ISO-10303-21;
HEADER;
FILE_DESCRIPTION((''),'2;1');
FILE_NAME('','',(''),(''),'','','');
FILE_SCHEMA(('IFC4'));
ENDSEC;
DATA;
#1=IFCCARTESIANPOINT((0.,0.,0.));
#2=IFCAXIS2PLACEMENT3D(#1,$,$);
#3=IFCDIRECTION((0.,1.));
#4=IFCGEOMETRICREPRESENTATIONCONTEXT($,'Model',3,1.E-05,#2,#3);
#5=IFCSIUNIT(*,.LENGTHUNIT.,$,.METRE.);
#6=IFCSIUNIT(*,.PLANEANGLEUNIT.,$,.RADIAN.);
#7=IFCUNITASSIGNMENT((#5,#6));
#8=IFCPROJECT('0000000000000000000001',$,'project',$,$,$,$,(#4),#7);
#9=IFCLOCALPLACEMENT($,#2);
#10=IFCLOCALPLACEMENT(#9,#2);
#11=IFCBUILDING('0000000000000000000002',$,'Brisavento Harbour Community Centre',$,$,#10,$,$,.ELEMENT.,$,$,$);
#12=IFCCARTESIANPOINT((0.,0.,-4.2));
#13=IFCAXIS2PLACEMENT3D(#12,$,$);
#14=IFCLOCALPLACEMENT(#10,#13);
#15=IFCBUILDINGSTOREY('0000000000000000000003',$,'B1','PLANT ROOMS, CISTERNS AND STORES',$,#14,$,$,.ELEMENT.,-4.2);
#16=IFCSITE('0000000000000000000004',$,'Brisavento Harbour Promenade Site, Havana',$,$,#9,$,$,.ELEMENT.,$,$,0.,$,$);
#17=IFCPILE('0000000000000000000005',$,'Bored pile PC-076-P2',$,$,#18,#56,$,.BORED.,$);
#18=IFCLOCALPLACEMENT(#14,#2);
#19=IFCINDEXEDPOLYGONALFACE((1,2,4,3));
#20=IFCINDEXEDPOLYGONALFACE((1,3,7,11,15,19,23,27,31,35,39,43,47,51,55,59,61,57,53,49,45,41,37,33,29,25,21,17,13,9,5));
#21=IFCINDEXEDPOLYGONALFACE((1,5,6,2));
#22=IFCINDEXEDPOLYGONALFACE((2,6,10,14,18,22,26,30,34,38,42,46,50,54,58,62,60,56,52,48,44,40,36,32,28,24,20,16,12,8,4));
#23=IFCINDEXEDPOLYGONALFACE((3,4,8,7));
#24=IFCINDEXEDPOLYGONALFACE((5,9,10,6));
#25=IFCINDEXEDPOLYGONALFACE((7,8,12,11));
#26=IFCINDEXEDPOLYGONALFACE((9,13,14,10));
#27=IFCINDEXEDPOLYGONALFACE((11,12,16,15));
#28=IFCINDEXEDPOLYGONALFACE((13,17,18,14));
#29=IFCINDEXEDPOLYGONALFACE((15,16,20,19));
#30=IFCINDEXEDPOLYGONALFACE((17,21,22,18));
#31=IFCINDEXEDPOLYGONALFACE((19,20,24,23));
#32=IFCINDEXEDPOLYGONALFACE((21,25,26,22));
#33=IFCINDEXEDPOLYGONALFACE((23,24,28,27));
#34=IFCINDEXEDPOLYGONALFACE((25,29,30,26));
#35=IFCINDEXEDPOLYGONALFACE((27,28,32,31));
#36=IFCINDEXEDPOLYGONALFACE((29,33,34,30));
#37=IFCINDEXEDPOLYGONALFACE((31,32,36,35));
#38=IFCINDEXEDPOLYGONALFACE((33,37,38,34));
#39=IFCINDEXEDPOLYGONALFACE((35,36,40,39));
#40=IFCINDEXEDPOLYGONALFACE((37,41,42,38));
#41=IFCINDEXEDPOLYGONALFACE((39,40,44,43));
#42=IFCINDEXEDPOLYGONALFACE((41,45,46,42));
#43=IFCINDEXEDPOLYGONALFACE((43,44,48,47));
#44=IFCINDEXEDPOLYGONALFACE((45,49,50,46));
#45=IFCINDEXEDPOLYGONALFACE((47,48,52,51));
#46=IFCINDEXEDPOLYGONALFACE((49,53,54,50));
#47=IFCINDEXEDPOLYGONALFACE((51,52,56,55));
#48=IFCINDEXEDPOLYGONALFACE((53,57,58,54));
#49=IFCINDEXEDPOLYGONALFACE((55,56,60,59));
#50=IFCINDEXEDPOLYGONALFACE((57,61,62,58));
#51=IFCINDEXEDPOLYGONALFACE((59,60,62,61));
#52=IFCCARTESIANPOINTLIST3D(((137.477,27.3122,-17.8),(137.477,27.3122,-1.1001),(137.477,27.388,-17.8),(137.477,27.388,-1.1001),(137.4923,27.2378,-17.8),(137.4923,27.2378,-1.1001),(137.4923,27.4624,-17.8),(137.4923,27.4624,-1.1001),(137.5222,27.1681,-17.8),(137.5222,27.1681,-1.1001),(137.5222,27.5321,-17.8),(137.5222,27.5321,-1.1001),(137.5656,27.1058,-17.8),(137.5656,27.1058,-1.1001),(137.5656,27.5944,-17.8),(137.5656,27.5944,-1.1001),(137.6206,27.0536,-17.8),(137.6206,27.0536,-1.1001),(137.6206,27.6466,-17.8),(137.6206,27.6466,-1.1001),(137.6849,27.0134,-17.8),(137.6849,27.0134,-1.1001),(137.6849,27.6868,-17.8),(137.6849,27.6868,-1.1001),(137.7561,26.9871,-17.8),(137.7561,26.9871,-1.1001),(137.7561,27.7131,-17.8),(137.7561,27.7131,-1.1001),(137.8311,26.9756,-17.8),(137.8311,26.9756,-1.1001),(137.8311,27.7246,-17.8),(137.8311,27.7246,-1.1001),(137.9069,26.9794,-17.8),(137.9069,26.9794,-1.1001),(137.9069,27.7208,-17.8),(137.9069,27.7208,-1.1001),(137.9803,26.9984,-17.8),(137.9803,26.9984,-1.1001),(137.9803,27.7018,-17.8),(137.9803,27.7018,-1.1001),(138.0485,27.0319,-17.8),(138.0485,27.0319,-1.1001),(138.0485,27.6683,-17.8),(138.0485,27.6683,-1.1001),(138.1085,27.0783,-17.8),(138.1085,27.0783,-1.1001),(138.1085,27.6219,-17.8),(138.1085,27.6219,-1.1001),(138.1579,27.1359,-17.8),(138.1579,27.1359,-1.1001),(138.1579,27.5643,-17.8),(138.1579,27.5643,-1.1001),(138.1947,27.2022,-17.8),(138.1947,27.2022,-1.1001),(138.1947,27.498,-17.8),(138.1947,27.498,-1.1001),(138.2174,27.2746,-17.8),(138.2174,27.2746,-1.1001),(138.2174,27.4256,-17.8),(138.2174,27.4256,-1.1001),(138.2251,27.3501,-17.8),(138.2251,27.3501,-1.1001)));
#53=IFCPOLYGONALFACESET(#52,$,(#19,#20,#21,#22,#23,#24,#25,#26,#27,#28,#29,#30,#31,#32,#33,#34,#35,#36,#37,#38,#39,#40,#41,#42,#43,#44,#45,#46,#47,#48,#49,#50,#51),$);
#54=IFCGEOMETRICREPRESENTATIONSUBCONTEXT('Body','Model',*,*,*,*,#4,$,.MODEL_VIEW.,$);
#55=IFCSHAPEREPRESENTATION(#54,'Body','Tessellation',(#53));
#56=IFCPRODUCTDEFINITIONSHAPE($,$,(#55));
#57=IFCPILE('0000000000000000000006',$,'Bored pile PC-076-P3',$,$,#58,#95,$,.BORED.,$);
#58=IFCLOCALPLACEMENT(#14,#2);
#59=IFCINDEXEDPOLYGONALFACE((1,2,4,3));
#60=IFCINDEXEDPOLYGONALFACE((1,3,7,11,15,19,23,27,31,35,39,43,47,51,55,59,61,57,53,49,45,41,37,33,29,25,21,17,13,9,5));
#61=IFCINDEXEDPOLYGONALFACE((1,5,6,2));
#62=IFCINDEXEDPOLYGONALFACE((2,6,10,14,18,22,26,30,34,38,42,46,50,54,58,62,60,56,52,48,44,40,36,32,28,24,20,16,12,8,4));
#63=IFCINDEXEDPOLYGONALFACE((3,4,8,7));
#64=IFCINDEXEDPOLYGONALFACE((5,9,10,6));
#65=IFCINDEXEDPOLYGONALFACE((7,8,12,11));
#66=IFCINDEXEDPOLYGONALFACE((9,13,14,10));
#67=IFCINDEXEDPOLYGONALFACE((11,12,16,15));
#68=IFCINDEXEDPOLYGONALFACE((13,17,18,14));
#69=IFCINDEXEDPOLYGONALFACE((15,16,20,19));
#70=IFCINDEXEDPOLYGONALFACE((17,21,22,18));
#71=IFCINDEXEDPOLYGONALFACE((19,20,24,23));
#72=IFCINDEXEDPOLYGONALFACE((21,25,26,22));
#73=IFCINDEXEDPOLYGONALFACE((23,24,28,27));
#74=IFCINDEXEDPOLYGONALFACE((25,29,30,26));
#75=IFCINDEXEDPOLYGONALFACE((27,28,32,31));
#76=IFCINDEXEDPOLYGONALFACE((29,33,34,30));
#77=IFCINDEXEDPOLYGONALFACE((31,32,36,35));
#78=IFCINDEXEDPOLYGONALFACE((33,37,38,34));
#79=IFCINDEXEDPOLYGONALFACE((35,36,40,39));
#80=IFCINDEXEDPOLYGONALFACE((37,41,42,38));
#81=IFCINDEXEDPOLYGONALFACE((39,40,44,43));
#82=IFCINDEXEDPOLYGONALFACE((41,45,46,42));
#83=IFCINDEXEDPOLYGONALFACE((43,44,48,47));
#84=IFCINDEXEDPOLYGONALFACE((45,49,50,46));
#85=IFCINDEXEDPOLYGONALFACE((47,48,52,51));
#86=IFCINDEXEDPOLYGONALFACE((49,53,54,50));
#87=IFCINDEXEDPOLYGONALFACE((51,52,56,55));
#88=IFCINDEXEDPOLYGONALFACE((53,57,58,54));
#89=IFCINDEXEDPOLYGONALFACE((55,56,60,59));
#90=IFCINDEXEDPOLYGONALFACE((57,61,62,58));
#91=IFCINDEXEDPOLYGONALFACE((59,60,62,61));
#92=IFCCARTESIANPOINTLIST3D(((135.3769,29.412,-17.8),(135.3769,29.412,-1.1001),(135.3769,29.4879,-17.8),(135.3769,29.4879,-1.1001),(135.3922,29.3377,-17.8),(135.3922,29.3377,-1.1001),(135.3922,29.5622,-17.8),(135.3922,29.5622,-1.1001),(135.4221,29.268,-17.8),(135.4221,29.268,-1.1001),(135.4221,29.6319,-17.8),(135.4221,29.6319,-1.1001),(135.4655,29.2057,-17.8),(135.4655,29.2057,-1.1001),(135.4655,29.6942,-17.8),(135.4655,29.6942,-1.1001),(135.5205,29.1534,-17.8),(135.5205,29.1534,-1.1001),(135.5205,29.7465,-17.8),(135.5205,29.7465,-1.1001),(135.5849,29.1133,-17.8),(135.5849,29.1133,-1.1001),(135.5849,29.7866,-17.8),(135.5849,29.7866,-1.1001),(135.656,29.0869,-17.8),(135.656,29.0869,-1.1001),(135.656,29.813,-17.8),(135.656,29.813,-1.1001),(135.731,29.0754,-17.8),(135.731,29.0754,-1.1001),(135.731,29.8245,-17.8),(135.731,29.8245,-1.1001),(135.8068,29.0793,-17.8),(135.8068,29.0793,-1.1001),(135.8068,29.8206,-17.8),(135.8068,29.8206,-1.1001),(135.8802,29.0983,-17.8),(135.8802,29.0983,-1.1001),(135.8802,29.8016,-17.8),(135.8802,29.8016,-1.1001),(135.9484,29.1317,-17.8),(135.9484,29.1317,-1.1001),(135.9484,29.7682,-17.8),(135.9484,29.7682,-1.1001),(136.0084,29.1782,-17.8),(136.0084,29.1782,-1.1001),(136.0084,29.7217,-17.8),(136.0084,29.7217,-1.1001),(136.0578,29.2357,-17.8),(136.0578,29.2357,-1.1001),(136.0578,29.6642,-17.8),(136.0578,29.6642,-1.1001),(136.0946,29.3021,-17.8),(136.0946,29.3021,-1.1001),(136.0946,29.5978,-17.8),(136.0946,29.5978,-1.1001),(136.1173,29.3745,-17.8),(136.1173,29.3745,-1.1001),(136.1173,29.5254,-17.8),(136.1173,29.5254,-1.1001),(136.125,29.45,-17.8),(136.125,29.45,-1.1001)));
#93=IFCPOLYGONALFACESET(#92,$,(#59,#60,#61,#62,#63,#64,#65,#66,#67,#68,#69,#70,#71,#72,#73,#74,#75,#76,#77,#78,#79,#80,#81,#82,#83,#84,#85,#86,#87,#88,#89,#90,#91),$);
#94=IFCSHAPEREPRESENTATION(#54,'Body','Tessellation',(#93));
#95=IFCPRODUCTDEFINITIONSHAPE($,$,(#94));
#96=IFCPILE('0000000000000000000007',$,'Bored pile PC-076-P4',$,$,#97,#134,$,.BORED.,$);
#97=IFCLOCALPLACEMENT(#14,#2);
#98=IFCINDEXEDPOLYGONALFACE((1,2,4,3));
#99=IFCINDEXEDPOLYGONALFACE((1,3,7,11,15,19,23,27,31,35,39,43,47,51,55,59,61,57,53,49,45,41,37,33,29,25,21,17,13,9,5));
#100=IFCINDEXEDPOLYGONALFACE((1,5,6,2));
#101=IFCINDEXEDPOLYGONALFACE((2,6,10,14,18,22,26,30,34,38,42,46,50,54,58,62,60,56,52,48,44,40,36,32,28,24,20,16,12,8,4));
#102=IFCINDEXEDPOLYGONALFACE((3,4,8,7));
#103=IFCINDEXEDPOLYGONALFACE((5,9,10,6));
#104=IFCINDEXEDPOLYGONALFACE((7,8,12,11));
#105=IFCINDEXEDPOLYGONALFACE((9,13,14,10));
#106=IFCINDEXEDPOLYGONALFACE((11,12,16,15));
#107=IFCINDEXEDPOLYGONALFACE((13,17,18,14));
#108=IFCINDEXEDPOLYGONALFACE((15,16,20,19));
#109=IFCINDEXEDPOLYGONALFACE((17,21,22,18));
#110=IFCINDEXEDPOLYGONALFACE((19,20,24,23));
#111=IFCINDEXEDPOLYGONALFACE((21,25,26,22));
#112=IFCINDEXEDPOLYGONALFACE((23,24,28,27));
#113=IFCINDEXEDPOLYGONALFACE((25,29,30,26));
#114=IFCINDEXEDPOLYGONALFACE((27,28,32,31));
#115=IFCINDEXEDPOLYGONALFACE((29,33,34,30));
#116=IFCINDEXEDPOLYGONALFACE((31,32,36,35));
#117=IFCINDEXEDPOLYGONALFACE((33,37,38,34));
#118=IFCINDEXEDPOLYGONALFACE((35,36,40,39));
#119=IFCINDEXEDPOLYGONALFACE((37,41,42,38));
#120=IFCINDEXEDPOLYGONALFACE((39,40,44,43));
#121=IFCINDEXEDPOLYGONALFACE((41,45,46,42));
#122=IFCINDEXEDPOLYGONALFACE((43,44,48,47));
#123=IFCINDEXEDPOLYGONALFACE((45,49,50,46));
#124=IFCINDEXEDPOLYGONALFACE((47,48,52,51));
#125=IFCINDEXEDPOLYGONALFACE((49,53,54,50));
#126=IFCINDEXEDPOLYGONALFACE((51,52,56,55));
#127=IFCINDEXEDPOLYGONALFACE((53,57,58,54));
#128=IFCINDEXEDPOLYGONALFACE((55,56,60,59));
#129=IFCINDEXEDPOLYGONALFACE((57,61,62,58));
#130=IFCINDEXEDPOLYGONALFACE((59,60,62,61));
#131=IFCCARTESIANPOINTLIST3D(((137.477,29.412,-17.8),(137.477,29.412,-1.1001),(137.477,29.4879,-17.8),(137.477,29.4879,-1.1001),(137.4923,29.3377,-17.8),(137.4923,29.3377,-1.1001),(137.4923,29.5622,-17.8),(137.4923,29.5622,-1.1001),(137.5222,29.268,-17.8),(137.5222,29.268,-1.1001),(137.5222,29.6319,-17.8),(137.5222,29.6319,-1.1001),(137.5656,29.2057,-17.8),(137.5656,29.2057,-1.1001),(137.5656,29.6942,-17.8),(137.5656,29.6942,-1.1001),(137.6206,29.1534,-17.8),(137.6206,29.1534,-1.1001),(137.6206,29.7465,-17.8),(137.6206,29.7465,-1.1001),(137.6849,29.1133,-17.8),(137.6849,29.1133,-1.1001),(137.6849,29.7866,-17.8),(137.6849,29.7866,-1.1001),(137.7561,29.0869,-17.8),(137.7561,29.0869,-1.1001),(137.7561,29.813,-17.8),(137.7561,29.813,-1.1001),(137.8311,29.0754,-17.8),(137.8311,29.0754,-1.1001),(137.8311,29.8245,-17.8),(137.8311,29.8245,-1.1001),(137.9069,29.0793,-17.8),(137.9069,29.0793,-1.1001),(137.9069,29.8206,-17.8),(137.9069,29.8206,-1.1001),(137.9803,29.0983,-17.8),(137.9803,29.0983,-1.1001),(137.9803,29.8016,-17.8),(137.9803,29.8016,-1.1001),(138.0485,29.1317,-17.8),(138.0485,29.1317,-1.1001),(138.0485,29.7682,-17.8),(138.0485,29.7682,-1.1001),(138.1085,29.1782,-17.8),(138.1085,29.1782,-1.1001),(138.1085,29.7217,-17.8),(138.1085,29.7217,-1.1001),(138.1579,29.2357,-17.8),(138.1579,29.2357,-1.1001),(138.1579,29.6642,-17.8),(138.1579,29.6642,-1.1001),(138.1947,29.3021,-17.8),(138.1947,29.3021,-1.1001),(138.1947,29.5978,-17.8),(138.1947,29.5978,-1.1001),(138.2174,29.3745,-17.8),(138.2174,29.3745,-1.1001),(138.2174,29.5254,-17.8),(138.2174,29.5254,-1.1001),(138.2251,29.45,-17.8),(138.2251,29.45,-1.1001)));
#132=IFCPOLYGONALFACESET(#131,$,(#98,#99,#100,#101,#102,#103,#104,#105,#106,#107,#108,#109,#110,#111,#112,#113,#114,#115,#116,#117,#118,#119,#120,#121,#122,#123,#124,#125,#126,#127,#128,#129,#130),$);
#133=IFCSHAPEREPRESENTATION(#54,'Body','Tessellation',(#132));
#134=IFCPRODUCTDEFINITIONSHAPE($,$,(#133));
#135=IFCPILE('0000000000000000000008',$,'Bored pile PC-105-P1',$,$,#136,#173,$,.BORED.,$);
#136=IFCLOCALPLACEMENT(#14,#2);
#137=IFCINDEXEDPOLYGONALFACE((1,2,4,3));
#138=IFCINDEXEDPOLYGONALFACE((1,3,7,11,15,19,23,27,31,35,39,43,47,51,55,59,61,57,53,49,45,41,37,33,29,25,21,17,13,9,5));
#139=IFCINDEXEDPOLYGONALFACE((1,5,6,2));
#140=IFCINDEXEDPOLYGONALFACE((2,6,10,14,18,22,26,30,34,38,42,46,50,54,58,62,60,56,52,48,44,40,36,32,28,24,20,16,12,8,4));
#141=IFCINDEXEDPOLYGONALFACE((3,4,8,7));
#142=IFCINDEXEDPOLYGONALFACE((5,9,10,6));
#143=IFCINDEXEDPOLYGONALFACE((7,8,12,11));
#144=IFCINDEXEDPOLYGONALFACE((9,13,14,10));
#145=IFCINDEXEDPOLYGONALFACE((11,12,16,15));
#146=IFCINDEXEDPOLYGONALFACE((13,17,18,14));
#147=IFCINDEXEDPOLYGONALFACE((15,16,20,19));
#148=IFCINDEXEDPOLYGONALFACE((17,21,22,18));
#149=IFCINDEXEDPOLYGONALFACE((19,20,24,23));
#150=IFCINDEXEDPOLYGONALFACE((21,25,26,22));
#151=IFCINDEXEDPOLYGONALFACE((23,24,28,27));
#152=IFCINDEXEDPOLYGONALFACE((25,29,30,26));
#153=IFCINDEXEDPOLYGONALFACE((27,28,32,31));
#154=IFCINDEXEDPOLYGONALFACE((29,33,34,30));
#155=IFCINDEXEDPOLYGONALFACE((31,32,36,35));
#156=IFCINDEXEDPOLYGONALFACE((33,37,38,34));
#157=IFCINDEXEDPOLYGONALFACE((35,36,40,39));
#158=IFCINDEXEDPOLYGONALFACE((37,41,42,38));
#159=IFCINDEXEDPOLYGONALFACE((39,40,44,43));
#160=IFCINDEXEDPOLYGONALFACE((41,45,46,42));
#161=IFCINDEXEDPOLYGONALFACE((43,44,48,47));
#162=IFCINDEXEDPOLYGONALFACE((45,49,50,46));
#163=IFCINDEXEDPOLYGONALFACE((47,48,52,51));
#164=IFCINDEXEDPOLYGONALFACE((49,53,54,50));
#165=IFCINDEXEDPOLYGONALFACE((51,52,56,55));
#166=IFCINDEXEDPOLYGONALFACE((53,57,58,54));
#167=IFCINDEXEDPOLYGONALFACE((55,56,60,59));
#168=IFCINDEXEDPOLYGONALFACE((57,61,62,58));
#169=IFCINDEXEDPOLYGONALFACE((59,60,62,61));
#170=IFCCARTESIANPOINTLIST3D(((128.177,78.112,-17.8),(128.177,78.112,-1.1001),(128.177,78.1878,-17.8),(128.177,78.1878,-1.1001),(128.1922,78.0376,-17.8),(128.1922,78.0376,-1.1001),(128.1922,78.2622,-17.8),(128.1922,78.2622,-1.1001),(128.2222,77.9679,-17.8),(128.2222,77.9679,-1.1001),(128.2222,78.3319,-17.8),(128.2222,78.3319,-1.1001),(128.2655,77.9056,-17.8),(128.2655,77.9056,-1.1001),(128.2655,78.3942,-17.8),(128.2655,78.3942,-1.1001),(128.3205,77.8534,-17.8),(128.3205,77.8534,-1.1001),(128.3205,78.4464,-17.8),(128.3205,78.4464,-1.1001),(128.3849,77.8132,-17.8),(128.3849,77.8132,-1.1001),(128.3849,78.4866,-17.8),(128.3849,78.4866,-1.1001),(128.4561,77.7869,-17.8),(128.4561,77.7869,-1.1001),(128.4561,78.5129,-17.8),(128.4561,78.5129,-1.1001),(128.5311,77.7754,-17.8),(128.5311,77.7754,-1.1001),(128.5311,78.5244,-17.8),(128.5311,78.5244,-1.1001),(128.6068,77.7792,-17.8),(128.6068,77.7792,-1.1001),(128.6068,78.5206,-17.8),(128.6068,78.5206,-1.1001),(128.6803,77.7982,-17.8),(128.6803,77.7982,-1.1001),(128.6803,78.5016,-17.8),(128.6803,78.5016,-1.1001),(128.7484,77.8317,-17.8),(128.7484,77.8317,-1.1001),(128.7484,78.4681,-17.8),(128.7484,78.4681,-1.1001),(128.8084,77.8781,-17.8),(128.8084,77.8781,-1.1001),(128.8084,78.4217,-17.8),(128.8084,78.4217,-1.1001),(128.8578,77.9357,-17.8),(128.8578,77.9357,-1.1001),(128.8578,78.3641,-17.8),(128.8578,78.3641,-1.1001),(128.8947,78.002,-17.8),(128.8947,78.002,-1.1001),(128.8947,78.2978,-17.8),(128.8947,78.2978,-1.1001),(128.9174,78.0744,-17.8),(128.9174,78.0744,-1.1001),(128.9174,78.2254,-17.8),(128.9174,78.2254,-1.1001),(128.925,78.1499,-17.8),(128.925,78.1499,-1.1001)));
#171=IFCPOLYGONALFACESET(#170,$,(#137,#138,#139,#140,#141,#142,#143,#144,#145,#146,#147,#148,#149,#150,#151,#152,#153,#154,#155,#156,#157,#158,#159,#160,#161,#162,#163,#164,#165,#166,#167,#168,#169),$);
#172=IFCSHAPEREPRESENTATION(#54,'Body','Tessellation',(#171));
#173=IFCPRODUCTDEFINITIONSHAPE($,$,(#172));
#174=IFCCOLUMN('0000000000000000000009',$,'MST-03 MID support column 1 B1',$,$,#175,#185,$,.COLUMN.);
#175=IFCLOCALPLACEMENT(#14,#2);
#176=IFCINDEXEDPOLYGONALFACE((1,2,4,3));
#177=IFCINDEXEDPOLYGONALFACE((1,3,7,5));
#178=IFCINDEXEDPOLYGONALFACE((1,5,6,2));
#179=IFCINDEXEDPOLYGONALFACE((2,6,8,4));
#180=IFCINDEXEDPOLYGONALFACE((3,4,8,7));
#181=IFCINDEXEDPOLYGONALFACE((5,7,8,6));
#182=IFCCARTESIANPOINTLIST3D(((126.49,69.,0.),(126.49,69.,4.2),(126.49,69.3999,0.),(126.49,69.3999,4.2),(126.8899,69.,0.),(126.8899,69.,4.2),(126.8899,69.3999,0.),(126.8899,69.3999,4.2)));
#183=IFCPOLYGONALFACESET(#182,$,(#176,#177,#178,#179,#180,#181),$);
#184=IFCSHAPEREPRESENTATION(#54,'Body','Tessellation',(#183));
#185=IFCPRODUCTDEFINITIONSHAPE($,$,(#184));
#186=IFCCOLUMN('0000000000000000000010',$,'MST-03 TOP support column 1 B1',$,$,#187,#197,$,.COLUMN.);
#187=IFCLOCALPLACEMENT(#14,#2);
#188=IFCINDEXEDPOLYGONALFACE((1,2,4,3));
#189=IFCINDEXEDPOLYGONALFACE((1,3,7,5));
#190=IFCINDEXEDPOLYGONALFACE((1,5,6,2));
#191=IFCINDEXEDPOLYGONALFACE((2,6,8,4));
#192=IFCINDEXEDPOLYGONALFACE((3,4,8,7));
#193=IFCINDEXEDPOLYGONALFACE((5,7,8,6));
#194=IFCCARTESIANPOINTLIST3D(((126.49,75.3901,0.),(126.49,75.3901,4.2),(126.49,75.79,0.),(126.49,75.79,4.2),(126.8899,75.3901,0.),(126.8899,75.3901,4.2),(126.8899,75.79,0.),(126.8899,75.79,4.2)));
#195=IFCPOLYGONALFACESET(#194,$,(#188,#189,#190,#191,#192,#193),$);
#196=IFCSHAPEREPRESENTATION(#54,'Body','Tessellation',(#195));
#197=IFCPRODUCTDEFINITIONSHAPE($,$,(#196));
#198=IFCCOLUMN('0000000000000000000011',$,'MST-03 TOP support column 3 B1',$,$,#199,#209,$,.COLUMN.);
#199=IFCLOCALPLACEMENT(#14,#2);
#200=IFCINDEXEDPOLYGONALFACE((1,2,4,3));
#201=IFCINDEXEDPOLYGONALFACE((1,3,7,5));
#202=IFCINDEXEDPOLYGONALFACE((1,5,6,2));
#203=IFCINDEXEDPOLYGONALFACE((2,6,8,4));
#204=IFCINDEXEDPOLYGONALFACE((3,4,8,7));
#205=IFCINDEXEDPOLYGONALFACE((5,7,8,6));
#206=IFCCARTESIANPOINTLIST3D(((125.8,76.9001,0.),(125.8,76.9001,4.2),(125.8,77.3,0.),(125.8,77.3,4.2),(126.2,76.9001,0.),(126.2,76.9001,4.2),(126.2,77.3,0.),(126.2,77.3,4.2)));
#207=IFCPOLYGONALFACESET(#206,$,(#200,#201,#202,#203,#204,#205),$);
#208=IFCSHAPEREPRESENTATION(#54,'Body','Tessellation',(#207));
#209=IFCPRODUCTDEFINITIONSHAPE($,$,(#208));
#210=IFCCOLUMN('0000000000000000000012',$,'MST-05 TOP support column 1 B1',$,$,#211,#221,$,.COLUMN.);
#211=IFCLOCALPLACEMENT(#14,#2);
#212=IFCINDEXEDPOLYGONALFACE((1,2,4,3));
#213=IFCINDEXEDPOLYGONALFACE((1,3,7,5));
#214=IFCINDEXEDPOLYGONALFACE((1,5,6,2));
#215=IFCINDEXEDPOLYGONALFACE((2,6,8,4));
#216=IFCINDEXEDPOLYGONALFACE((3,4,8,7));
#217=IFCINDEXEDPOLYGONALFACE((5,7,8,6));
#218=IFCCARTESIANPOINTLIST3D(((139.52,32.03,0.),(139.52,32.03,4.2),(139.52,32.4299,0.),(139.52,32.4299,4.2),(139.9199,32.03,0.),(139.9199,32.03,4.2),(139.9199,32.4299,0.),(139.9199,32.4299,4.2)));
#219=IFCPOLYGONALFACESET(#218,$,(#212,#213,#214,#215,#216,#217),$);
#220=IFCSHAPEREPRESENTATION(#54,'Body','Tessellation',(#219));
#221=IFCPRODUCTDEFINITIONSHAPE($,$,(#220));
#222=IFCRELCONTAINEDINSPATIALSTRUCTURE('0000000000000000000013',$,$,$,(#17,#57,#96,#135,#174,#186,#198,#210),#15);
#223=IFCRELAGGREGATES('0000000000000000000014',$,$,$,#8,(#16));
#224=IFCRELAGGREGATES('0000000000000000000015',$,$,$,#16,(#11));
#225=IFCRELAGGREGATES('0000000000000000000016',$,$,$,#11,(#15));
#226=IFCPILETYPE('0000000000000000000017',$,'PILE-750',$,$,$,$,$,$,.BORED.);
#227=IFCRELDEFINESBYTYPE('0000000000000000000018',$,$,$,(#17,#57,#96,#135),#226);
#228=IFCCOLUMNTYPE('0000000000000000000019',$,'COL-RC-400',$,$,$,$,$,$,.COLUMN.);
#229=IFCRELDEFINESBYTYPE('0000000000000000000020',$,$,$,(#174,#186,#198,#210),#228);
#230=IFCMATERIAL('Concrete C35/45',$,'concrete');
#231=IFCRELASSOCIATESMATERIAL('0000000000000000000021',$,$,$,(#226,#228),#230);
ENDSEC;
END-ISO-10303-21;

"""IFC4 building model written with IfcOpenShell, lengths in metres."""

from ifc_helpers import new_model, si_unit, direction, frame, origin, origin_2d, place, context, subcontext, project, spatial, rectangle, circle, extrude, material, material_profile, profile_set, type_object, element, save


model = new_model("IFC4")

# Units and contexts
model_context = context("Model", 3, precision=1e-05, world=origin(), true_north=direction((0.0, 1.0)))
body_context = subcontext(model_context, "Body", "Model", "MODEL_VIEW")
ifc_project = project(units=[si_unit("LENGTHUNIT", "METRE"), si_unit("PLANEANGLEUNIT", "RADIAN")], contexts=[model_context])

# Site, building, storey
site_placement = place(None, origin())
site = spatial("IfcSite", under=ifc_project, at=site_placement, Name="Brisavento Harbour Promenade Site, Havana", CompositionType="ELEMENT", RefElevation=0.0)
building_placement = place(site_placement, origin())
building = spatial("IfcBuilding", under=site, at=building_placement, Name="Brisavento Harbour Community Centre", CompositionType="ELEMENT")
storey_placement = place(building_placement, frame((0.0, 0.0, -4.2)))
storey = spatial("IfcBuildingStorey", under=building, at=storey_placement, Name="B1", Description="PLANT ROOMS, CISTERNS AND STORES", CompositionType="ELEMENT", Elevation=-4.2)

# Shared definitions
ifc_material = material(Name="Concrete C35/45", Category="concrete")

# Piles
ifc_material_profile_1 = material_profile(ifc_material, circle(Radius=0.375, at=origin_2d()), Name="Concrete C35/45")
ifc_profile_set_1 = profile_set([ifc_material_profile_1], Name="Concrete C35/45")
pile_type_1 = type_object("IfcPileType", Name="PILE-750", PredefinedType="BORED", material=ifc_profile_set_1)
for number, where, z_axis, x_axis, name in (
    (1, (137.8501, 27.3501, -1.1001), (0.0, 0.0, -1.0), (1.0, 0.0, 0.0), "Bored pile PC-076-P2"),
    (2, (135.75, 29.45, -1.1001), (0.0, 0.0, -1.0), (1.0, 0.0, 0.0), "Bored pile PC-076-P3"),
    (3, (137.8501, 29.45, -1.1001), (0.0, 0.0, -1.0), (1.0, 0.0, 0.0), "Bored pile PC-076-P4"),
    (4, (128.55, 78.1499, -1.1001), (0.0, 0.0, -1.0), (1.0, 0.0, 0.0), "Bored pile PC-105-P1"),
):
    element("IfcPile", number, at=place(storey_placement, frame(where, z_axis=z_axis, x_axis=x_axis)), inside=storey, type_object=pile_type_1, Name=name, PredefinedType="BORED", context=body_context, shape_type="SweptSolid", body=[
        extrude(circle(Radius=0.375, at=origin_2d()), origin(), (0.0, 0.0, 1.0), 16.7),
    ])

# Columns
ifc_material_profile_2 = material_profile(ifc_material, rectangle(XDim=0.3999, YDim=0.3999, at=origin_2d()), Name="Concrete C35/45")
ifc_profile_set_2 = profile_set([ifc_material_profile_2], Name="Concrete C35/45")
column_type_1 = type_object("IfcColumnType", Name="COL-RC-400", PredefinedType="COLUMN", material=ifc_profile_set_2)
for number, where, z_axis, x_axis, name in (
    (5, (126.6899, 69.2, 0.0), (0.0, 0.0, 1.0), (1.0, 0.0, 0.0), "MST-03 MID support column 1 B1"),
    (6, (126.6899, 75.5901, 0.0), (0.0, 0.0, 1.0), (1.0, 0.0, 0.0), "MST-03 TOP support column 1 B1"),
    (7, (126.0, 77.1001, 0.0), (0.0, 0.0, 1.0), (1.0, 0.0, 0.0), "MST-03 TOP support column 3 B1"),
    (8, (139.72, 32.23, 0.0), (0.0, 0.0, 1.0), (1.0, 0.0, 0.0), "MST-05 TOP support column 1 B1"),
):
    element("IfcColumn", number, at=place(storey_placement, frame(where, z_axis=z_axis, x_axis=x_axis)), inside=storey, type_object=column_type_1, Name=name, PredefinedType="COLUMN", context=body_context, shape_type="SweptSolid", body=[
        extrude(rectangle(XDim=0.3999, YDim=0.3999, at=origin_2d()), origin(), (0.0, 0.0, 1.0), 4.2),
    ])

save(model, "model.ifc")
